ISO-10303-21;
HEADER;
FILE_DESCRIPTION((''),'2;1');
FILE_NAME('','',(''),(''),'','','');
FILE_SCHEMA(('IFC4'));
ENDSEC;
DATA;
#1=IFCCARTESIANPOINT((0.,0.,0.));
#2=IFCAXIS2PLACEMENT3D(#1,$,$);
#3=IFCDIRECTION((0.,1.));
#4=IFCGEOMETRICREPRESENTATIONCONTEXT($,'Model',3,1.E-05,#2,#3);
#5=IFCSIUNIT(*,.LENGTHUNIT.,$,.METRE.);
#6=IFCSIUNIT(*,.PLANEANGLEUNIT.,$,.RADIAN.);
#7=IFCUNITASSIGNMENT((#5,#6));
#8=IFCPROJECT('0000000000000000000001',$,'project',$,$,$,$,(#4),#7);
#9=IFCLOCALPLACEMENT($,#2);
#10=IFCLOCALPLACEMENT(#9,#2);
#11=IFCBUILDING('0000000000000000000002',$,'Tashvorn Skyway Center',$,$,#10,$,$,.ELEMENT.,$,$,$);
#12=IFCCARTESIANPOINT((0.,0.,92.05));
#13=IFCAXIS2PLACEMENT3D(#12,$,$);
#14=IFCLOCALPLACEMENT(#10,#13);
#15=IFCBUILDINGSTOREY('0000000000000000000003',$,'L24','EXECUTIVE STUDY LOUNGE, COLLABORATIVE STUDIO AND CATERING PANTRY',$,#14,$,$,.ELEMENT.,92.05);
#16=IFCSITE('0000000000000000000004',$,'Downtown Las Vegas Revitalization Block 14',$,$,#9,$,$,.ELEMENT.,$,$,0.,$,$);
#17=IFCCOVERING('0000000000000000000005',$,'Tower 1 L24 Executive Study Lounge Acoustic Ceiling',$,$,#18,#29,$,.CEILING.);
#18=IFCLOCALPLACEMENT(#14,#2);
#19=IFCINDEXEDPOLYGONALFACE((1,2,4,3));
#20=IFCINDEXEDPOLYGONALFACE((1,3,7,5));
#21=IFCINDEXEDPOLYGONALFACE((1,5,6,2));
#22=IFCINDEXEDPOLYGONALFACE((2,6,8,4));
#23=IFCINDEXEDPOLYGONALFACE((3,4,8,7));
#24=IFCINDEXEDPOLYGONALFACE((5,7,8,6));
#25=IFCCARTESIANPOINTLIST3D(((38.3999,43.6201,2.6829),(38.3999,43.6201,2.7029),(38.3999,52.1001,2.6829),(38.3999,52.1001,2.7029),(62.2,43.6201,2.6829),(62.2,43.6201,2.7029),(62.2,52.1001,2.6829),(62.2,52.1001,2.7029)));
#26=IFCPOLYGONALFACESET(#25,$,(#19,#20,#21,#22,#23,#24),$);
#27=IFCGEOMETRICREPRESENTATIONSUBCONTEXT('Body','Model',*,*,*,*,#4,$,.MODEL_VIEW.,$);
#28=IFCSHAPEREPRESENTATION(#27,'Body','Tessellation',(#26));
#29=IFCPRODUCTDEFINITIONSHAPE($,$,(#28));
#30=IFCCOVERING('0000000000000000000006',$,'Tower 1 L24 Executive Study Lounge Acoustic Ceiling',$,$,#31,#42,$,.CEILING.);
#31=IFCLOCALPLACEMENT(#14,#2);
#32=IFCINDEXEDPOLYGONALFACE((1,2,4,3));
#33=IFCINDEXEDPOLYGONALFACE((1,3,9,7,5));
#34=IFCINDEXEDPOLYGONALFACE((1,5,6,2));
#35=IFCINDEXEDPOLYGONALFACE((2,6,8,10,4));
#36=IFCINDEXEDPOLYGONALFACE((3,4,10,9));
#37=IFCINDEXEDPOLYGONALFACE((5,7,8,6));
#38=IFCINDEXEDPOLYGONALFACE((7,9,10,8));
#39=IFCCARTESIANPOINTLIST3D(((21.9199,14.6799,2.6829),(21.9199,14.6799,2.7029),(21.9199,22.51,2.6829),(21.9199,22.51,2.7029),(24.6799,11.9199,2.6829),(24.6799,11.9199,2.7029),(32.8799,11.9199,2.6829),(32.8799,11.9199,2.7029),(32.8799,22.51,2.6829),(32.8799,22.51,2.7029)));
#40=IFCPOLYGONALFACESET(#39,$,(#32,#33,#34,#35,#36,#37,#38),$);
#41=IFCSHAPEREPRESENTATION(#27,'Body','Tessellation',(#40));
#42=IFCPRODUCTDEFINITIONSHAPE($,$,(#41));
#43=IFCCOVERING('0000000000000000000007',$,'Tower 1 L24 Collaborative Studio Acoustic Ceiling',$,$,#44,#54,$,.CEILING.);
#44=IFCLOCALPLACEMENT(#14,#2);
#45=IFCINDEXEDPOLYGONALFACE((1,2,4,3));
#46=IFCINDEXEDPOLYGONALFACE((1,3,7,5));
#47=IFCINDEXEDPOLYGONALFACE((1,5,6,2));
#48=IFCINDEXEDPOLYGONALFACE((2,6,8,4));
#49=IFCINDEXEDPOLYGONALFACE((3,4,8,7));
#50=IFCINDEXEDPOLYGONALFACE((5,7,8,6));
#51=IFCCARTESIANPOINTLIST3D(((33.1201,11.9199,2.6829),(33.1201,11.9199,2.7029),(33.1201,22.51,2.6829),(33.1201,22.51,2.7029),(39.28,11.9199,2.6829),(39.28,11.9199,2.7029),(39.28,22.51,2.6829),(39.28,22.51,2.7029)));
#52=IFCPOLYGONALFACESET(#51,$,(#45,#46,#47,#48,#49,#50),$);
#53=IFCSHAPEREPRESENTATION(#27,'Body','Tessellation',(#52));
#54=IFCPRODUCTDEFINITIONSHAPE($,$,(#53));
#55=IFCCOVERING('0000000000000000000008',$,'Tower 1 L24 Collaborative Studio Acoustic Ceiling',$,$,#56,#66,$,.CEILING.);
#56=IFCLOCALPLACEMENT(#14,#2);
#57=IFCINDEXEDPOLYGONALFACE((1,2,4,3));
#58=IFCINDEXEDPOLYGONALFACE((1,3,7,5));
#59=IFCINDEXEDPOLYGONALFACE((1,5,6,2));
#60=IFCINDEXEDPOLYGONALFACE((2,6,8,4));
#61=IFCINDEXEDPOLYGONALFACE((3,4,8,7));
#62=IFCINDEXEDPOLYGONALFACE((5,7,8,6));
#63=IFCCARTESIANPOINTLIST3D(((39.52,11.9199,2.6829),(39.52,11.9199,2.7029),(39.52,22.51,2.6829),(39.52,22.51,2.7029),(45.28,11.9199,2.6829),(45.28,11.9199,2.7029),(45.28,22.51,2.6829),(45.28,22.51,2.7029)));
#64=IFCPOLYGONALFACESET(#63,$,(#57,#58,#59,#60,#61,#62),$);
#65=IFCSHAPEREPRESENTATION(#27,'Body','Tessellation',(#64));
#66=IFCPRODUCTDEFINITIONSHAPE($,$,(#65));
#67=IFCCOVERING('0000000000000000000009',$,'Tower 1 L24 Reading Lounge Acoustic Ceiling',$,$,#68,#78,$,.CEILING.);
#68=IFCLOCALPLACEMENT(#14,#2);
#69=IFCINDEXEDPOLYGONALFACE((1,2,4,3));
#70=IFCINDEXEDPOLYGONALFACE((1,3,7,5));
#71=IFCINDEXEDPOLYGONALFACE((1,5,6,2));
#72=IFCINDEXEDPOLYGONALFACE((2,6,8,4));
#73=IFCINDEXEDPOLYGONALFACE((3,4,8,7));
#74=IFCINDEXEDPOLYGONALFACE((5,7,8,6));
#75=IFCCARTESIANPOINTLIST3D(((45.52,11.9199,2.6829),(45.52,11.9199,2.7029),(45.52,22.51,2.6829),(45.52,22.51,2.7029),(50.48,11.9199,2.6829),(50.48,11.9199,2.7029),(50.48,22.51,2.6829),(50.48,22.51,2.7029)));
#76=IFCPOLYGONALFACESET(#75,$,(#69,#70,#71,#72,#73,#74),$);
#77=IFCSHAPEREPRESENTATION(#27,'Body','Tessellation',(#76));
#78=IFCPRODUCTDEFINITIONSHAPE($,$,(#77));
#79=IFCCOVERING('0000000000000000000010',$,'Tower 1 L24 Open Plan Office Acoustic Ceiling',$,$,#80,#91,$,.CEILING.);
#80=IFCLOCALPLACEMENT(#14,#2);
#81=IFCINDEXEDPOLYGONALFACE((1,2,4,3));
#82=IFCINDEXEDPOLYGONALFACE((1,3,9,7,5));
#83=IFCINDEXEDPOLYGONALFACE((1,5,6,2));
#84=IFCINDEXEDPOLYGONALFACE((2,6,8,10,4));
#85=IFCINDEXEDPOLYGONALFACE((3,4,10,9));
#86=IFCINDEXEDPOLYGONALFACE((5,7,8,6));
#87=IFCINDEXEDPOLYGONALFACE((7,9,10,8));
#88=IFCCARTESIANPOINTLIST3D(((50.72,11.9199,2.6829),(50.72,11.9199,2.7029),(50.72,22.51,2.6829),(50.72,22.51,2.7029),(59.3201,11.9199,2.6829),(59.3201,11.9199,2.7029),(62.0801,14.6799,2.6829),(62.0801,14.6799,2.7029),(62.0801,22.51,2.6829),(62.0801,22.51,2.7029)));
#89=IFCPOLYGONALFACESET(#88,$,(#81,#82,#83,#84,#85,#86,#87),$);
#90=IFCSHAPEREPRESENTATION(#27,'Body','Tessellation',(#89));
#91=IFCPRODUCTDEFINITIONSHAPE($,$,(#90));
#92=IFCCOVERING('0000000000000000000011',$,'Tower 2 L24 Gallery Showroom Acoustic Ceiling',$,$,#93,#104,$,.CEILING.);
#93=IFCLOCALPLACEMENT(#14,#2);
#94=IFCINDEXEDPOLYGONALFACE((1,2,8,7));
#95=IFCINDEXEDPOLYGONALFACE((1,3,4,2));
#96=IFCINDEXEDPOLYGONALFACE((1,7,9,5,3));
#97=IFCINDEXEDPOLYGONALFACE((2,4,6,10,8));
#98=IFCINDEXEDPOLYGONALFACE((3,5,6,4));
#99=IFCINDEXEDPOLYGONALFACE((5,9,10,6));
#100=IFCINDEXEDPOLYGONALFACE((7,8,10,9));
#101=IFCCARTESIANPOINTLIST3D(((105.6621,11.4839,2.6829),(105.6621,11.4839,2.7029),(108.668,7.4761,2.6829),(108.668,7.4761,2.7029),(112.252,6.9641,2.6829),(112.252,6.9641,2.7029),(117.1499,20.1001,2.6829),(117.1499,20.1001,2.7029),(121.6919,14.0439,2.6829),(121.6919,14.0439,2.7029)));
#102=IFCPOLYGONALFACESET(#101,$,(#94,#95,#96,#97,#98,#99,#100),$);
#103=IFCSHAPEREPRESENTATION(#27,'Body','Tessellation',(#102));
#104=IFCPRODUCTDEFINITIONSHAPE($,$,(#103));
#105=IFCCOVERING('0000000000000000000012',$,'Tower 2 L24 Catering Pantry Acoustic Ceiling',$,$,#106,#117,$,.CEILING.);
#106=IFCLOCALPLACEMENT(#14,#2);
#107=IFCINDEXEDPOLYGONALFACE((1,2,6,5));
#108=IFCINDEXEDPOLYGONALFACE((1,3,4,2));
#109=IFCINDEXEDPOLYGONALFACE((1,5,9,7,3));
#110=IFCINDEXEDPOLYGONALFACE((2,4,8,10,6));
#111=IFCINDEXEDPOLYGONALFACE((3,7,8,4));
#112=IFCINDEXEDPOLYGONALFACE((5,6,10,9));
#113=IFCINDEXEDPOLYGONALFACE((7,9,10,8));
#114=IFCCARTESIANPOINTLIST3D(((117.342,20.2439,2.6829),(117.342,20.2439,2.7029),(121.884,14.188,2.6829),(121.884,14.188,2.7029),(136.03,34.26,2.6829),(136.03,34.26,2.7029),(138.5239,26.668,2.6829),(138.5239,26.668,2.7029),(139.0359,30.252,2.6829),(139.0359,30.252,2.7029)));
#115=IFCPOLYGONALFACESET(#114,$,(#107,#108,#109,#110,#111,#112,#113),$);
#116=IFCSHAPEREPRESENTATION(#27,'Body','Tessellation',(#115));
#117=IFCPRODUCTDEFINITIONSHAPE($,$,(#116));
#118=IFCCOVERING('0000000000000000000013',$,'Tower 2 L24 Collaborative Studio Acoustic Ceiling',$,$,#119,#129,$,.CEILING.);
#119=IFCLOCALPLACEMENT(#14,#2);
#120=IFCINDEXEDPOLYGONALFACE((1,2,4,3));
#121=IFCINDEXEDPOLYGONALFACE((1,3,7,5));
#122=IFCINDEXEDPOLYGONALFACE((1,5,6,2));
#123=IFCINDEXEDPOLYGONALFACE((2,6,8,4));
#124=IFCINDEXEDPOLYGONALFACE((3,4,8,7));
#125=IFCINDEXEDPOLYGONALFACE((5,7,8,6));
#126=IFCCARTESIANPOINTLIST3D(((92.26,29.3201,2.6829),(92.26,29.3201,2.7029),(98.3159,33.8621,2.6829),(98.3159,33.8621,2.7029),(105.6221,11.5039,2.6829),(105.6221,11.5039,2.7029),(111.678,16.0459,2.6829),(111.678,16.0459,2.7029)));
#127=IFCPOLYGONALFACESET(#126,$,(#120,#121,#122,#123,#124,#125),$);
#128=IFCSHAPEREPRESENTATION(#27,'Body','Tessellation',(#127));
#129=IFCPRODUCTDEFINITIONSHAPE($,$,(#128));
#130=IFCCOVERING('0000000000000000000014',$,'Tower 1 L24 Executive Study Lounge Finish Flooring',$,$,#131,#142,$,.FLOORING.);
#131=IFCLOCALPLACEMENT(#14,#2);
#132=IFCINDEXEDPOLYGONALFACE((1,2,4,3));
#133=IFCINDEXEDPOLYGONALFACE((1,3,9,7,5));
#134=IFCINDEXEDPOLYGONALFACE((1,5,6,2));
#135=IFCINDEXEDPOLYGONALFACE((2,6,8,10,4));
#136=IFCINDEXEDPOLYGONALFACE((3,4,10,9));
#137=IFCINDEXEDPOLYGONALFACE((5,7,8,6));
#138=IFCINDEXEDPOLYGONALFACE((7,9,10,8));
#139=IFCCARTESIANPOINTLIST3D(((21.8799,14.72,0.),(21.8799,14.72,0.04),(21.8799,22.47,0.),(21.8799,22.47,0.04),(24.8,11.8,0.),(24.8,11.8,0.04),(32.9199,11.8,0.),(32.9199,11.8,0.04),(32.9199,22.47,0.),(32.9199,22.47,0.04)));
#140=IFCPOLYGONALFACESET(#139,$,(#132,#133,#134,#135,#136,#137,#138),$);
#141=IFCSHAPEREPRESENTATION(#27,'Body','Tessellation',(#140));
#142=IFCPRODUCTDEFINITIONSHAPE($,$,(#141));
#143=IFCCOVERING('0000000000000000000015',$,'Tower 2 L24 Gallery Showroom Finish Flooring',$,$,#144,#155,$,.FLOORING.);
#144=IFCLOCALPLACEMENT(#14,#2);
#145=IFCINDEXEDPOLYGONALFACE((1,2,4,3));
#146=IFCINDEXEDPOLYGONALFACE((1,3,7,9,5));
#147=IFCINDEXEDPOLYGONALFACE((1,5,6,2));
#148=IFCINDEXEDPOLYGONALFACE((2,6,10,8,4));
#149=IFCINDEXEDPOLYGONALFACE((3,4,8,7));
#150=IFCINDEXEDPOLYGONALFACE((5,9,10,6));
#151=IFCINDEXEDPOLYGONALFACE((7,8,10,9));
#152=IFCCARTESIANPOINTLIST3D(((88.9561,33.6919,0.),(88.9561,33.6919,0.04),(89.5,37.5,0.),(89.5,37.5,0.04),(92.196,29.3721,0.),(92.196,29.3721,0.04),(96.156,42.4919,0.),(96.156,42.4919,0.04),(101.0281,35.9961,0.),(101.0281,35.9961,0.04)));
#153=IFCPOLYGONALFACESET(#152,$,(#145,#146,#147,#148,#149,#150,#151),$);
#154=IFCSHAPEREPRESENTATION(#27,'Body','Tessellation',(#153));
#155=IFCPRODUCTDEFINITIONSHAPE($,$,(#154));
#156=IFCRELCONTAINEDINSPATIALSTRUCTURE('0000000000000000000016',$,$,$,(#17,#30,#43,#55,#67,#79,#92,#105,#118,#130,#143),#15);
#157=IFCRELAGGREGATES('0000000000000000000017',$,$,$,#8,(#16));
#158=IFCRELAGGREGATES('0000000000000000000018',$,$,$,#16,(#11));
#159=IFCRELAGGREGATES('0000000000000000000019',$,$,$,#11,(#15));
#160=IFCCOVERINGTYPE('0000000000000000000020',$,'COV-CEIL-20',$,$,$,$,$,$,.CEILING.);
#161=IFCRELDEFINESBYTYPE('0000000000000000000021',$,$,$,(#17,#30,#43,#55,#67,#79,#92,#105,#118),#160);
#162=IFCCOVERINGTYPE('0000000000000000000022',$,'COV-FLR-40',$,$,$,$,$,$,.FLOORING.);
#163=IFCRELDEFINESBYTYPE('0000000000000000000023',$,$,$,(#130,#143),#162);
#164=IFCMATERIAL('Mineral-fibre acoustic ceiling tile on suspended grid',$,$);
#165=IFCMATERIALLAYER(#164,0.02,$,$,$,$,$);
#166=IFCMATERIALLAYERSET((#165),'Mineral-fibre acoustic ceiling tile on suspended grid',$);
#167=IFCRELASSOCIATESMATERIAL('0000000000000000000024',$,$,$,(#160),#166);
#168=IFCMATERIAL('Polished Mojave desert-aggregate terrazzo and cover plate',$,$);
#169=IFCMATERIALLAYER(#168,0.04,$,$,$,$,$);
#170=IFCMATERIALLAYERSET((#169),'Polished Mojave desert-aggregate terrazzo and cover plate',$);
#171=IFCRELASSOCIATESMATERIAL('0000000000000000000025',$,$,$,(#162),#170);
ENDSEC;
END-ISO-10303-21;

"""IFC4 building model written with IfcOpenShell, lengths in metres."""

from ifc_helpers import new_model, si_unit, direction, frame, origin, place, context, subcontext, project, spatial, polyline, outline, extrude, material, layer, layer_set, type_object, element, save


model = new_model("IFC4")

# Units and contexts
model_context = context("Model", 3, precision=1e-05, world=origin(), true_north=direction((0.0, 1.0)))
body_context = subcontext(model_context, "Body", "Model", "MODEL_VIEW")
ifc_project = project(units=[si_unit("LENGTHUNIT", "METRE"), si_unit("PLANEANGLEUNIT", "RADIAN")], contexts=[model_context])

# Site, building, storey
site_placement = place(None, origin())
site = spatial("IfcSite", under=ifc_project, at=site_placement, Name="Downtown Las Vegas Revitalization Block 14", CompositionType="ELEMENT", RefElevation=0.0)
building_placement = place(site_placement, origin())
building = spatial("IfcBuilding", under=site, at=building_placement, Name="Tashvorn Skyway Center", CompositionType="ELEMENT")
storey_placement = place(building_placement, frame((0.0, 0.0, 92.05)))
storey = spatial("IfcBuildingStorey", under=building, at=storey_placement, Name="L24", Description="EXECUTIVE STUDY LOUNGE, COLLABORATIVE STUDIO AND CATERING PANTRY", CompositionType="ELEMENT", Elevation=92.05)

# Coverings
ifc_material_1 = material(Name="Mineral-fibre acoustic ceiling tile on suspended grid")
ifc_layer_1 = layer(ifc_material_1, 0.02)
ifc_layer_set_1 = layer_set([ifc_layer_1], Name="Mineral-fibre acoustic ceiling tile on suspended grid")
covering_type_1 = type_object("IfcCoveringType", Name="COV-CEIL-20", PredefinedType="CEILING", material=ifc_layer_set_1)
covering_1_placement = place(storey_placement, frame((0.0, 0.0, 2.6829)))
element("IfcCovering", 1, at=covering_1_placement, inside=storey, type_object=covering_type_1, Name="Tower 1 L24 Executive Study Lounge Acoustic Ceiling", PredefinedType="CEILING", context=body_context, shape_type="SweptSolid", body=[
    extrude(outline(polyline([(38.3999, 43.6201), (62.2, 43.6201), (62.2, 52.1001), (38.3999, 52.1001), (38.3999, 43.6201)])), origin(), (0.0, 0.0, 1.0), 0.02),
])
covering_2_placement = place(storey_placement, frame((0.0, 0.0, 2.6829)))
element("IfcCovering", 2, at=covering_2_placement, inside=storey, type_object=covering_type_1, Name="Tower 1 L24 Executive Study Lounge Acoustic Ceiling", PredefinedType="CEILING", context=body_context, shape_type="SweptSolid", body=[
    extrude(outline(polyline([(21.9199, 22.51), (32.8799, 22.51), (32.8799, 11.9199), (24.6799, 11.9199), (21.9199, 14.6799), (21.9199, 22.51)])), origin(), (0.0, 0.0, 1.0), 0.02),
])
covering_3_placement = place(storey_placement, frame((0.0, 0.0, 2.6829)))
element("IfcCovering", 3, at=covering_3_placement, inside=storey, type_object=covering_type_1, Name="Tower 1 L24 Collaborative Studio Acoustic Ceiling", PredefinedType="CEILING", context=body_context, shape_type="SweptSolid", body=[
    extrude(outline(polyline([(33.1201, 22.51), (39.28, 22.51), (39.28, 11.9199), (33.1201, 11.9199), (33.1201, 22.51)])), origin(), (0.0, 0.0, 1.0), 0.02),
])
covering_4_placement = place(storey_placement, frame((0.0, 0.0, 2.6829)))
element("IfcCovering", 4, at=covering_4_placement, inside=storey, type_object=covering_type_1, Name="Tower 1 L24 Collaborative Studio Acoustic Ceiling", PredefinedType="CEILING", context=body_context, shape_type="SweptSolid", body=[
    extrude(outline(polyline([(39.52, 22.51), (45.28, 22.51), (45.28, 11.9199), (39.52, 11.9199), (39.52, 22.51)])), origin(), (0.0, 0.0, 1.0), 0.02),
])
covering_5_placement = place(storey_placement, frame((0.0, 0.0, 2.6829)))
element("IfcCovering", 5, at=covering_5_placement, inside=storey, type_object=covering_type_1, Name="Tower 1 L24 Reading Lounge Acoustic Ceiling", PredefinedType="CEILING", context=body_context, shape_type="SweptSolid", body=[
    extrude(outline(polyline([(45.52, 22.51), (50.48, 22.51), (50.48, 11.9199), (45.52, 11.9199), (45.52, 22.51)])), origin(), (0.0, 0.0, 1.0), 0.02),
])
covering_6_placement = place(storey_placement, frame((0.0, 0.0, 2.6829)))
element("IfcCovering", 6, at=covering_6_placement, inside=storey, type_object=covering_type_1, Name="Tower 1 L24 Open Plan Office Acoustic Ceiling", PredefinedType="CEILING", context=body_context, shape_type="SweptSolid", body=[
    extrude(outline(polyline([(50.72, 11.9199), (50.72, 22.51), (62.0801, 22.51), (62.0801, 14.6799), (59.3201, 11.9199), (50.72, 11.9199)])), origin(), (0.0, 0.0, 1.0), 0.02),
])
covering_7_placement = place(storey_placement, frame((0.0, 0.0, 2.6829)))
element("IfcCovering", 7, at=covering_7_placement, inside=storey, type_object=covering_type_1, Name="Tower 2 L24 Gallery Showroom Acoustic Ceiling", PredefinedType="CEILING", context=body_context, shape_type="SweptSolid", body=[
    extrude(outline(polyline([(105.6621, 11.4839), (117.1499, 20.1001), (121.6919, 14.0439), (112.252, 6.9641), (108.668, 7.4761), (105.6621, 11.4839)])), origin(), (0.0, 0.0, 1.0), 0.02),
])
covering_8_placement = place(storey_placement, frame((0.0, 0.0, 2.6829)))
element("IfcCovering", 8, at=covering_8_placement, inside=storey, type_object=covering_type_1, Name="Tower 2 L24 Catering Pantry Acoustic Ceiling", PredefinedType="CEILING", context=body_context, shape_type="SweptSolid", body=[
    extrude(outline(polyline([(121.884, 14.188), (117.342, 20.2439), (136.03, 34.26), (139.0359, 30.252), (138.5239, 26.668), (121.884, 14.188)])), origin(), (0.0, 0.0, 1.0), 0.02),
])
covering_9_placement = place(storey_placement, frame((0.0, 0.0, 2.6829)))
element("IfcCovering", 9, at=covering_9_placement, inside=storey, type_object=covering_type_1, Name="Tower 2 L24 Collaborative Studio Acoustic Ceiling", PredefinedType="CEILING", context=body_context, shape_type="SweptSolid", body=[
    extrude(outline(polyline([(105.6221, 11.5039), (111.678, 16.0459), (98.3159, 33.8621), (92.26, 29.3201), (105.6221, 11.5039)])), origin(), (0.0, 0.0, 1.0), 0.02),
])
ifc_material_2 = material(Name="Polished Mojave desert-aggregate terrazzo and cover plate")
ifc_layer_2 = layer(ifc_material_2, 0.04)
ifc_layer_set_2 = layer_set([ifc_layer_2], Name="Polished Mojave desert-aggregate terrazzo and cover plate")
covering_type_2 = type_object("IfcCoveringType", Name="COV-FLR-40", PredefinedType="FLOORING", material=ifc_layer_set_2)
covering_10_placement = place(storey_placement, origin())
element("IfcCovering", 10, at=covering_10_placement, inside=storey, type_object=covering_type_2, Name="Tower 1 L24 Executive Study Lounge Finish Flooring", PredefinedType="FLOORING", context=body_context, shape_type="SweptSolid", body=[
    extrude(outline(polyline([(24.8, 11.8), (21.8799, 14.72), (21.8799, 22.47), (32.9199, 22.47), (32.9199, 11.8), (24.8, 11.8)])), origin(), (0.0, 0.0, 1.0), 0.04),
])
covering_11_placement = place(storey_placement, origin())
element("IfcCovering", 11, at=covering_11_placement, inside=storey, type_object=covering_type_2, Name="Tower 2 L24 Gallery Showroom Finish Flooring", PredefinedType="FLOORING", context=body_context, shape_type="SweptSolid", body=[
    extrude(outline(polyline([(101.0281, 35.9961), (92.196, 29.3721), (88.9561, 33.6919), (89.5, 37.5), (96.156, 42.4919), (101.0281, 35.9961)])), origin(), (0.0, 0.0, 1.0), 0.04),
])

save(model, "model.ifc")
